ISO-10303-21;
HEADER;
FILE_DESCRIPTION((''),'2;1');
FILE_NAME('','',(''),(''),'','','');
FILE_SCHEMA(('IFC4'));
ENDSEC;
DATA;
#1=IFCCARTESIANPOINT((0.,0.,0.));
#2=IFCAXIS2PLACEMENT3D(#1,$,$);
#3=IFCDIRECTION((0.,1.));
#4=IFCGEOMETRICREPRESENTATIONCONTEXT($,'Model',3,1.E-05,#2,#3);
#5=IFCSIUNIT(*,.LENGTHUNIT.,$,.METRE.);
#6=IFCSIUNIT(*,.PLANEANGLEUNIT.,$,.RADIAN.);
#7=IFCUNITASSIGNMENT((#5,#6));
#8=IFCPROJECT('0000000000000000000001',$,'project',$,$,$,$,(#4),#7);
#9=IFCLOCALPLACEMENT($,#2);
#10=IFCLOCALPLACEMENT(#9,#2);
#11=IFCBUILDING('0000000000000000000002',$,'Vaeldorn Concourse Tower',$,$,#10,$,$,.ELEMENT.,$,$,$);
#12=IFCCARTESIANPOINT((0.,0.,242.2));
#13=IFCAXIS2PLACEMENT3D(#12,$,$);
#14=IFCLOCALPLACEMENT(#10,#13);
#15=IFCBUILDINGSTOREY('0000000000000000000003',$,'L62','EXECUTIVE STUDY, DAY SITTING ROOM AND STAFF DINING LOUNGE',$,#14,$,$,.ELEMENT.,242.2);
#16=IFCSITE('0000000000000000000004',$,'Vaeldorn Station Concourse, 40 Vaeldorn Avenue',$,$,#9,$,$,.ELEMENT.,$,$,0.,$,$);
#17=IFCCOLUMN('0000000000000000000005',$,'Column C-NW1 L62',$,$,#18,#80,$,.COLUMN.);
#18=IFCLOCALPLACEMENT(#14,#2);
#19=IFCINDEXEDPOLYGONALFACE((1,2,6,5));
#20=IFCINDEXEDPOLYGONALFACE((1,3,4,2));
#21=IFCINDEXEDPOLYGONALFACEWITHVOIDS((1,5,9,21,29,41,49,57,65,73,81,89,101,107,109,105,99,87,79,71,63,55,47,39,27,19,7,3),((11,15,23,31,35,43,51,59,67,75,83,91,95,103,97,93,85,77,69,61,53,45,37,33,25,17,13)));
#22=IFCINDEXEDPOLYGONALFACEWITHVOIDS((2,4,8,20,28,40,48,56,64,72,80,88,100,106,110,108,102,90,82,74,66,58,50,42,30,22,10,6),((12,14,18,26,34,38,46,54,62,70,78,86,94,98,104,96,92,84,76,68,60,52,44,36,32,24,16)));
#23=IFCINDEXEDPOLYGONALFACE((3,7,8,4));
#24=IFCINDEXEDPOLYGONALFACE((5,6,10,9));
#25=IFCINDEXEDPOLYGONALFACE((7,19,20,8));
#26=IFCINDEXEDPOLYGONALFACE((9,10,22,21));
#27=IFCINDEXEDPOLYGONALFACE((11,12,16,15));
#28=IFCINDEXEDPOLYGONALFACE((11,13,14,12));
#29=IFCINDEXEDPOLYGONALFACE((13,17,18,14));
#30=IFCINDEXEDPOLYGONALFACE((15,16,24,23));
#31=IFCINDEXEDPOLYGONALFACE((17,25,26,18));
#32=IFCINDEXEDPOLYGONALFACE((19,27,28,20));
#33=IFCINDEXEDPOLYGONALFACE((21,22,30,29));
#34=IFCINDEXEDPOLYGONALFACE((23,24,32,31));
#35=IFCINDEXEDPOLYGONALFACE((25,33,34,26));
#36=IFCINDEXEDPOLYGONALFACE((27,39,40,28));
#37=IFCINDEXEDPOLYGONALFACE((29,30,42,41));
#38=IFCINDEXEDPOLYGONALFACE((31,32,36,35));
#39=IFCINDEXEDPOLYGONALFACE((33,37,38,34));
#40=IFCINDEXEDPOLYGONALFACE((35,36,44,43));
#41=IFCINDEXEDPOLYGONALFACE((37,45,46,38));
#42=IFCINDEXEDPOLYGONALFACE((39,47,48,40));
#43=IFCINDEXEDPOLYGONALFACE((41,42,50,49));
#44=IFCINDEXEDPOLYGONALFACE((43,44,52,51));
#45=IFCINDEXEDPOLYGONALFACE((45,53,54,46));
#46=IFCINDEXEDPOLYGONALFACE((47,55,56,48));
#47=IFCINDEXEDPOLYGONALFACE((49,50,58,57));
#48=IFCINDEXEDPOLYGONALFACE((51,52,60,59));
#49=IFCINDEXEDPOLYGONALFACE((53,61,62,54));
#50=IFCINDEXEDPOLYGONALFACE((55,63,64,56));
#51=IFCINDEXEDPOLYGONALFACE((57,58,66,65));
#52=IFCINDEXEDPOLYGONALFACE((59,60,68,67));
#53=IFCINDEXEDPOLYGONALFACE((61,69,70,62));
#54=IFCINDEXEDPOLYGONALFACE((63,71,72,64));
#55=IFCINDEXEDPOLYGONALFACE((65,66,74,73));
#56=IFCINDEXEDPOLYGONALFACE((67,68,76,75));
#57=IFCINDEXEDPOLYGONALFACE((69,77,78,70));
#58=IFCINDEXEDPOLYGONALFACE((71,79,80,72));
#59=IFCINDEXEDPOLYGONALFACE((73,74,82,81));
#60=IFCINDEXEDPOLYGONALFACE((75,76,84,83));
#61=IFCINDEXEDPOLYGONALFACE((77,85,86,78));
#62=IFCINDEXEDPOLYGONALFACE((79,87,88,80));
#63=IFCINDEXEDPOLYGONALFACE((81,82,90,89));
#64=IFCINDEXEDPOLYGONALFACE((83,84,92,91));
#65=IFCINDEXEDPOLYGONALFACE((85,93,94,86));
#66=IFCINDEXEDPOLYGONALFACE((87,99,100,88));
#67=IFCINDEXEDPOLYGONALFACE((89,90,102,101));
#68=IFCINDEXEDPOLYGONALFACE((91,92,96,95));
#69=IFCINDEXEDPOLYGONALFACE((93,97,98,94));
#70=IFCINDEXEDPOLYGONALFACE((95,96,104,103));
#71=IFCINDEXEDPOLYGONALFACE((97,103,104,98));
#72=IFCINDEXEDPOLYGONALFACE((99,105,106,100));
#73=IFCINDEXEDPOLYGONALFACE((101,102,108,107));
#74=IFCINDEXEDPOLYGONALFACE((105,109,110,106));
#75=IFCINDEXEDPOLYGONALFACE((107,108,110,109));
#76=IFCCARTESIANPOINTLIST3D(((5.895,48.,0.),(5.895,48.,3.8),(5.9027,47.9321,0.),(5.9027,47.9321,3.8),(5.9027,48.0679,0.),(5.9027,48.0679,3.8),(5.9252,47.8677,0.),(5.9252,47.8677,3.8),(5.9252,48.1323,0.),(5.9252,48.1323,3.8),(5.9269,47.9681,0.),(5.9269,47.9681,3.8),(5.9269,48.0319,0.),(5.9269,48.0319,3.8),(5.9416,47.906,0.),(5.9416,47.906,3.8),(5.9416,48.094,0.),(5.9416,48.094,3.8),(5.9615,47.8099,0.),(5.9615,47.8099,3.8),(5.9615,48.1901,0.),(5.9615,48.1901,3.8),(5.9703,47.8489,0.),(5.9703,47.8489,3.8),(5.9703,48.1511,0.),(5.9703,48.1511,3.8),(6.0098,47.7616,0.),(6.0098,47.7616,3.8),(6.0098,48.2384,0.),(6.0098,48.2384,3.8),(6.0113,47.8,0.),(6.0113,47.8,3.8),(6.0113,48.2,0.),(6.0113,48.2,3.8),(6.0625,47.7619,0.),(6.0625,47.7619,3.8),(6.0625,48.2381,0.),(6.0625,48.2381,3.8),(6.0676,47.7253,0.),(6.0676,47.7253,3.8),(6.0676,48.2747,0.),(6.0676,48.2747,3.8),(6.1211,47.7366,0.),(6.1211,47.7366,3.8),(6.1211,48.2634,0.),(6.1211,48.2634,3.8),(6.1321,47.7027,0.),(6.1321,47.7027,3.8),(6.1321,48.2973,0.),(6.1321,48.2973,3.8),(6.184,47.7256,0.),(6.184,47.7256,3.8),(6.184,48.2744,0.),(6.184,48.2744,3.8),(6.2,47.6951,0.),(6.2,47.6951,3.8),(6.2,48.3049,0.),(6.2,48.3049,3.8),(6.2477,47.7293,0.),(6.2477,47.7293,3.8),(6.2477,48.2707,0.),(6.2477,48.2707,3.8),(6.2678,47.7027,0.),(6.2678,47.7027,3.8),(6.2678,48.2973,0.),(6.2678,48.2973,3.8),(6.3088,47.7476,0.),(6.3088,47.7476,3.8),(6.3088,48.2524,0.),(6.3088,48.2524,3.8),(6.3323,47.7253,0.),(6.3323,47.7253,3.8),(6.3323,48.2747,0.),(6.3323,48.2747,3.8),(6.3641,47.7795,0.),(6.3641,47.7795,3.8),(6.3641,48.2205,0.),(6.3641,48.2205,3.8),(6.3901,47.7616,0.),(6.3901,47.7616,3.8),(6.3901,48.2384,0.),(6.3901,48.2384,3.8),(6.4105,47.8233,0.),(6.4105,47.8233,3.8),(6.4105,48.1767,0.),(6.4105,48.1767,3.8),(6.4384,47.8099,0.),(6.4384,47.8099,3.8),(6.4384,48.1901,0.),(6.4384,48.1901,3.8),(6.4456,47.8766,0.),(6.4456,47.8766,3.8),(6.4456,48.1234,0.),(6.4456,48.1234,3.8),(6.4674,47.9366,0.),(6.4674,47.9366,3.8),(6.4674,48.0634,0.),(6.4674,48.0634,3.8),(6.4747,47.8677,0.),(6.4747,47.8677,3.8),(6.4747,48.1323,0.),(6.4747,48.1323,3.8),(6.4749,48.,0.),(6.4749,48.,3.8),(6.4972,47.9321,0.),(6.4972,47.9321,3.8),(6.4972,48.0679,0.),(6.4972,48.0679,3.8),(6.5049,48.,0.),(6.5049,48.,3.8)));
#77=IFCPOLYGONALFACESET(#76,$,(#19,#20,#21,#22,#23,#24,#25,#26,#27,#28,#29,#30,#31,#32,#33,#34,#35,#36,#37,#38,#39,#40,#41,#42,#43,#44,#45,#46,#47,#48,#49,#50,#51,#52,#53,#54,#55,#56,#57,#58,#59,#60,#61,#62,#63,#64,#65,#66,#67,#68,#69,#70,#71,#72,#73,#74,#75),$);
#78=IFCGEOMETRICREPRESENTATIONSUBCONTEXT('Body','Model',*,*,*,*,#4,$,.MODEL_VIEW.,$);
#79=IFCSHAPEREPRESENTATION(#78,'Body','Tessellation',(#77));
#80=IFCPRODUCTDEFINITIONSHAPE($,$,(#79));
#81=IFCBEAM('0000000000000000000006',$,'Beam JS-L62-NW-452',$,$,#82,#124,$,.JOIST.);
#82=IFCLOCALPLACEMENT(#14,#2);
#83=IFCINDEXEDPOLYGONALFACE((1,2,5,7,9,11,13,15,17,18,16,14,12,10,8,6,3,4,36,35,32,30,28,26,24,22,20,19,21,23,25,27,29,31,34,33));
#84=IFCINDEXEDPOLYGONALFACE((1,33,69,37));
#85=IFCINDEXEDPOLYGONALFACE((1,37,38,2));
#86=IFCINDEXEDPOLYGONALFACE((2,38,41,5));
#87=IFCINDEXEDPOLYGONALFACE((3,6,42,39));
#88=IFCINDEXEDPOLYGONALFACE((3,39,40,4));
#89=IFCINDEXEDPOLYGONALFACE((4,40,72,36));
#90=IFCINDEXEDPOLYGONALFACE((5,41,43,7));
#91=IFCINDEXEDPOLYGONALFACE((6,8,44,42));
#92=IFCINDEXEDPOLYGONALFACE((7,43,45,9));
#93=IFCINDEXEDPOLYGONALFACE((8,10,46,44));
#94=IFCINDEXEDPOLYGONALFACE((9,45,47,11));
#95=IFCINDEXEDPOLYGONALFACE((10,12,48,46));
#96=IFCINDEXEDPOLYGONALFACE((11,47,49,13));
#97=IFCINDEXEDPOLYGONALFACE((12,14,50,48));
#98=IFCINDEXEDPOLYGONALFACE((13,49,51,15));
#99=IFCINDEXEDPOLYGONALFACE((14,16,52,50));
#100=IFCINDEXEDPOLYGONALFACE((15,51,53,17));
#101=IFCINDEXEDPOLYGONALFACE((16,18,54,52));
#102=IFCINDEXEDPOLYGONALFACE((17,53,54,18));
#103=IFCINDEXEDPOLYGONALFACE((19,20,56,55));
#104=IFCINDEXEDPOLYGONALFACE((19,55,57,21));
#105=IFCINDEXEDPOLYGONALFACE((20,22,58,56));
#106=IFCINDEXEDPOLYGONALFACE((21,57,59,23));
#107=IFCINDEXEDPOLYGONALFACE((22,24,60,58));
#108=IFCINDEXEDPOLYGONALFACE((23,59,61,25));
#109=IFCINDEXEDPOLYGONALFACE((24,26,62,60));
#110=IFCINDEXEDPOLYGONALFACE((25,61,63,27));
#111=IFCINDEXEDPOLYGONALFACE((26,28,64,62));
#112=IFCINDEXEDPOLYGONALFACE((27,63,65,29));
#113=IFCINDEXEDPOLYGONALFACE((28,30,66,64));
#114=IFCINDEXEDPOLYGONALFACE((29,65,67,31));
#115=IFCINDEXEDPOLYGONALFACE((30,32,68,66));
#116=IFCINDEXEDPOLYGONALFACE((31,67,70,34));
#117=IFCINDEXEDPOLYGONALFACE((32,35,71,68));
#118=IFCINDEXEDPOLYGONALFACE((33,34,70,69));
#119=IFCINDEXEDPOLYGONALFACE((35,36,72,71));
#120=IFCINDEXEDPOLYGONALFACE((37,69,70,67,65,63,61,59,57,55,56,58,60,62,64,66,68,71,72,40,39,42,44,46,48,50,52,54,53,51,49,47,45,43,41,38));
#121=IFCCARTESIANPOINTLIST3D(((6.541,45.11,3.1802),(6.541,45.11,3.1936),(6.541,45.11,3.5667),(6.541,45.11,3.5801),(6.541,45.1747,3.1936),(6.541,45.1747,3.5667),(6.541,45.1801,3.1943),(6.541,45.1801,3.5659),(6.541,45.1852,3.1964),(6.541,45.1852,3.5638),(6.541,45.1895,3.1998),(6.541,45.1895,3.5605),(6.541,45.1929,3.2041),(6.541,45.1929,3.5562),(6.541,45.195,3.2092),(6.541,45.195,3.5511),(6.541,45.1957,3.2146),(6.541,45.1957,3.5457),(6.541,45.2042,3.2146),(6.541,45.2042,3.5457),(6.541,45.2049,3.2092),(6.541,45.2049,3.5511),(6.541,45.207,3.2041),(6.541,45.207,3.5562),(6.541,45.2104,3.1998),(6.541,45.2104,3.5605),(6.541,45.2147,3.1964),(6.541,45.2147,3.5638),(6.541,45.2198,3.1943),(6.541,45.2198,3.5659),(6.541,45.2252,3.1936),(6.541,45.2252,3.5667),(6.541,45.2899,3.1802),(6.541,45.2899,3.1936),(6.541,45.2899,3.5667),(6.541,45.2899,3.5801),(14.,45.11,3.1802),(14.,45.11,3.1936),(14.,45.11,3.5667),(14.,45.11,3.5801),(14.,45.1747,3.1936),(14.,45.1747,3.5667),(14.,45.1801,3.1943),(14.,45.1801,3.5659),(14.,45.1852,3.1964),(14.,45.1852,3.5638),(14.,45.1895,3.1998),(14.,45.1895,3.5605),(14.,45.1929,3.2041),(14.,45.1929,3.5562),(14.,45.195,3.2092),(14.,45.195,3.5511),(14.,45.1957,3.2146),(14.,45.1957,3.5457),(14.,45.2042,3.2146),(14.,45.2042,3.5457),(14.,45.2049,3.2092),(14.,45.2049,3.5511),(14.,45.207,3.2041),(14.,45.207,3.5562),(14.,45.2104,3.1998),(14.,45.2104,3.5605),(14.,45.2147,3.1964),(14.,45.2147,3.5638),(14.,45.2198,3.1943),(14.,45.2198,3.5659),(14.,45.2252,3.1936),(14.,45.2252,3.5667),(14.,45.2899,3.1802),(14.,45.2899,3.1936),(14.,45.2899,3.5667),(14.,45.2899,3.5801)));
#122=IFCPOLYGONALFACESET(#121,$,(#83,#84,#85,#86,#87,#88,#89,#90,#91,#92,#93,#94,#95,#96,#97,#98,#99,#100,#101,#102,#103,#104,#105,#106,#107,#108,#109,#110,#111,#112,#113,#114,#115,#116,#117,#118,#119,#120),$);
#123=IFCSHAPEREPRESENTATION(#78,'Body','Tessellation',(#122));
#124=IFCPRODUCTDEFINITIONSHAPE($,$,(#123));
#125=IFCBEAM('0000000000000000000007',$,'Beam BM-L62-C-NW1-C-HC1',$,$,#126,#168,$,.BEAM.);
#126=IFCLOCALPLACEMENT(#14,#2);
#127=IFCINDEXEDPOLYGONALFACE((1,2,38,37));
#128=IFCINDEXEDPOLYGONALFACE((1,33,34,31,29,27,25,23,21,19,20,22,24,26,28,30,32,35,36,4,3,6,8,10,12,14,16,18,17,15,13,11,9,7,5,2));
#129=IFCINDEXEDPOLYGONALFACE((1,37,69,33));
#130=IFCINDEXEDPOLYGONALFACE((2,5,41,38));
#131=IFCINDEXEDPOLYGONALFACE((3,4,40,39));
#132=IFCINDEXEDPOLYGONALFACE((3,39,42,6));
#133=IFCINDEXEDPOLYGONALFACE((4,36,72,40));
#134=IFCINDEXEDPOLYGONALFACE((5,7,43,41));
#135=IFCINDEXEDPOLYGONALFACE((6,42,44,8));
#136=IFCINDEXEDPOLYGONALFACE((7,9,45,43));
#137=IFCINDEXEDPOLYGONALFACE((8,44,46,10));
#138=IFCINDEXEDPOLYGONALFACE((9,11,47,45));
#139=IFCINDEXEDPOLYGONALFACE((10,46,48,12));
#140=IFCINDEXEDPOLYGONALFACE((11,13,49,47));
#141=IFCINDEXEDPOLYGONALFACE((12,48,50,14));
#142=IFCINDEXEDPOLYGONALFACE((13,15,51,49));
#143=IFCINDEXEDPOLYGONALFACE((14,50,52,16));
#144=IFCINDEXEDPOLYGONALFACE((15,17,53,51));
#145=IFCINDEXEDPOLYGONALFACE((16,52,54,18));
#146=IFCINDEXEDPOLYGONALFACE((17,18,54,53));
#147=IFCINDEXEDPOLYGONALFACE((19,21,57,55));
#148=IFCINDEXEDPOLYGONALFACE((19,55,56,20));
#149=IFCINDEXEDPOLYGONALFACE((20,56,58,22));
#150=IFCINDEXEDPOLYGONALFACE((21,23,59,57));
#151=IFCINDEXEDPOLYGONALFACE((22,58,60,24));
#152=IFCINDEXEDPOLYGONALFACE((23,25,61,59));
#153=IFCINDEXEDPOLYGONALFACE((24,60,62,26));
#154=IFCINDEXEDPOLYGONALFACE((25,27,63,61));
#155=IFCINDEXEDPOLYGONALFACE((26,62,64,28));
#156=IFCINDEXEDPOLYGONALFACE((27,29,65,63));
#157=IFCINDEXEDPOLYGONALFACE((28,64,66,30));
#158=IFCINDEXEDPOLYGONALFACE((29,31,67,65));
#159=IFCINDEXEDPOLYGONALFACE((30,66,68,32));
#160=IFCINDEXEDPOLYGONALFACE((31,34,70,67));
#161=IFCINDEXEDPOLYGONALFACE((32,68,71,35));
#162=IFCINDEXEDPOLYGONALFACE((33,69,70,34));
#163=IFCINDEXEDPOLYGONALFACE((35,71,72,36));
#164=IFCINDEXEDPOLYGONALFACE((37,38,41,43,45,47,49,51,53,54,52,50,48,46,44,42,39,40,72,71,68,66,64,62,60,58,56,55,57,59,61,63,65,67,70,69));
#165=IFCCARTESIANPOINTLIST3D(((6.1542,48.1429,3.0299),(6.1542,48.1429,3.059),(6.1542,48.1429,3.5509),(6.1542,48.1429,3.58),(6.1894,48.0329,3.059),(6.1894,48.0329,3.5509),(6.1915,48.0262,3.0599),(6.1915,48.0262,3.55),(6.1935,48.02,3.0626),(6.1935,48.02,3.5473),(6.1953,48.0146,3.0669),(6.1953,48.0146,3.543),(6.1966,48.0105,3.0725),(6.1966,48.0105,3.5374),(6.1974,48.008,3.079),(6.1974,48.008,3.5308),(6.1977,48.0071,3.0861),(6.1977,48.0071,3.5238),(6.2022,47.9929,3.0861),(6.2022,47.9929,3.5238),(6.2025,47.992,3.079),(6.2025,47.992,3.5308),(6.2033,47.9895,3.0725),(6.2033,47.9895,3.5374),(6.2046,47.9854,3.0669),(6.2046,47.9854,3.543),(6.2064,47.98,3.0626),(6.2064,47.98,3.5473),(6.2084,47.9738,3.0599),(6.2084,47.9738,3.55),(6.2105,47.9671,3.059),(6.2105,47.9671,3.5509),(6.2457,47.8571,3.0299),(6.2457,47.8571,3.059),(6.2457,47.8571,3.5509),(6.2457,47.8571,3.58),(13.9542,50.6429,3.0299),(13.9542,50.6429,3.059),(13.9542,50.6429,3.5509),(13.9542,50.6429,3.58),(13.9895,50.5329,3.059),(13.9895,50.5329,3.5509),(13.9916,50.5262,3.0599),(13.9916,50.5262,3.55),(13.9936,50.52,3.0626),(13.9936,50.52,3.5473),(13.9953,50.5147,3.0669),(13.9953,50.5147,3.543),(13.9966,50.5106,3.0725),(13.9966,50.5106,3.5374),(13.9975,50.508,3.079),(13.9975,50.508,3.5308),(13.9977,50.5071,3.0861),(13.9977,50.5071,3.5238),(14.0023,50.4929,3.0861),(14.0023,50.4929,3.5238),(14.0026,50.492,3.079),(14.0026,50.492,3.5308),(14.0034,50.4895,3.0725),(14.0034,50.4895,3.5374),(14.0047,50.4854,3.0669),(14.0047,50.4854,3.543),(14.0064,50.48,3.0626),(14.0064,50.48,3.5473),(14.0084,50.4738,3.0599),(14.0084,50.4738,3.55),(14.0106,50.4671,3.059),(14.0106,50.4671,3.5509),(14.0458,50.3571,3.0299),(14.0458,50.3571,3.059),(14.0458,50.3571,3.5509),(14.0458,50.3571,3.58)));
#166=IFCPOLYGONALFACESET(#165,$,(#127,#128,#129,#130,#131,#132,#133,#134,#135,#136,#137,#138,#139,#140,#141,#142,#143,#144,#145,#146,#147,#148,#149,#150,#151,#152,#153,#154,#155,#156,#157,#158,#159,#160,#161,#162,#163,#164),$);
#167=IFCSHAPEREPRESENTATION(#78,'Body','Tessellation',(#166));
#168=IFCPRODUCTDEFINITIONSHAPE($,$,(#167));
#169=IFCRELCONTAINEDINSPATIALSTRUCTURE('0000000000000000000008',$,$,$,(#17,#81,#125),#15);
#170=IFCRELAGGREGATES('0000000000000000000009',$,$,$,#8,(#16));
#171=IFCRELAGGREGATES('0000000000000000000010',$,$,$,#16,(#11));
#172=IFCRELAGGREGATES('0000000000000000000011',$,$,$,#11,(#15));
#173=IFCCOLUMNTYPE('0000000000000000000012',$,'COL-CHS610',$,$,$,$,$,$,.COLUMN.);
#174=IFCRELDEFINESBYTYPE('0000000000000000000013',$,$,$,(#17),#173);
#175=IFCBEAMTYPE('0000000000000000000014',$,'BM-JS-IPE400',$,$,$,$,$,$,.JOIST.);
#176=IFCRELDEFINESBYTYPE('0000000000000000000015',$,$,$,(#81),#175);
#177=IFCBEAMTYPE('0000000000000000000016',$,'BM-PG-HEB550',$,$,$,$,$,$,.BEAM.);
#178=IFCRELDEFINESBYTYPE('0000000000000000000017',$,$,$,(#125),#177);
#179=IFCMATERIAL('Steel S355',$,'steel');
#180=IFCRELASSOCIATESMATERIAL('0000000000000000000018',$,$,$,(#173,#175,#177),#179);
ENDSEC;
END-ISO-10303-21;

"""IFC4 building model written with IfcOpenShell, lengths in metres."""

from ifc_helpers import new_model, si_unit, direction, frame, origin, origin_2d, place, context, subcontext, project, spatial, hollow_circle, i_section, extrude, source, transform, mapped, material, material_profile, profile_set, type_object, element, save


model = new_model("IFC4")

# Units and contexts
model_context = context("Model", 3, precision=1e-05, world=origin(), true_north=direction((0.0, 1.0)))
body_context = subcontext(model_context, "Body", "Model", "MODEL_VIEW")
ifc_project = project(units=[si_unit("LENGTHUNIT", "METRE"), si_unit("PLANEANGLEUNIT", "RADIAN")], contexts=[model_context])

# Site, building, storey
site_placement = place(None, origin())
site = spatial("IfcSite", under=ifc_project, at=site_placement, Name="Vaeldorn Station Concourse, 40 Vaeldorn Avenue", CompositionType="ELEMENT", RefElevation=0.0)
building_placement = place(site_placement, origin())
building = spatial("IfcBuilding", under=site, at=building_placement, Name="Vaeldorn Concourse Tower", CompositionType="ELEMENT")
storey_placement = place(building_placement, frame((0.0, 0.0, 242.2)))
storey = spatial("IfcBuildingStorey", under=building, at=storey_placement, Name="L62", Description="EXECUTIVE STUDY, DAY SITTING ROOM AND STAFF DINING LOUNGE", CompositionType="ELEMENT", Elevation=242.2)

# Column
ifc_material_1 = material(Name="Steel S355", Category="steel")
ifc_material_profile_1 = material_profile(ifc_material_1, hollow_circle(Radius=0.3049, WallThickness=0.03, at=origin_2d()), Name="CHS 610x30")
ifc_profile_set_1 = profile_set([ifc_material_profile_1], Name="Steel S355")
column_type = type_object("IfcColumnType", Name="COL-CHS610", PredefinedType="COLUMN", material=ifc_profile_set_1)
shared_shape_1 = source(origin(), body_context, "Body", "SweptSolid", [
    extrude(hollow_circle(Radius=0.3049, WallThickness=0.03, at=origin_2d()), origin(), (0.0, 0.0, 1.0), 3.8),
])
column_placement = place(storey_placement, frame((6.2, 48.0, 0.0), z_axis=(0.0, 0.0, 1.0), x_axis=(1.0, 0.0, 0.0)))
element("IfcColumn", 1, at=column_placement, inside=storey, type_object=column_type, Name="Column C-NW1 L62", PredefinedType="COLUMN", context=body_context, shape_type="MappedRepresentation", body=[
    mapped(shared_shape_1, transform((0.0, 0.0, 0.0), scale=1.0)),
])

# Beams
ifc_material_profile_2 = material_profile(ifc_material_1, i_section(OverallWidth=0.1799, OverallDepth=0.3999, WebThickness=0.0085, FlangeThickness=0.0134, FilletRadius=0.021, at=origin_2d()), Name="IPE 400")
ifc_profile_set_2 = profile_set([ifc_material_profile_2], Name="Steel S355")
beam_type_1 = type_object("IfcBeamType", Name="BM-JS-IPE400", PredefinedType="JOIST", material=ifc_profile_set_2)
shared_shape_2 = source(origin(), body_context, "Body", "SweptSolid", [
    extrude(i_section(OverallWidth=0.1799, OverallDepth=0.3999, WebThickness=0.0085, FlangeThickness=0.0134, FilletRadius=0.021, at=origin_2d()), origin(), (0.0, 0.0, 1.0), 7.459),
])
beam_1_placement = place(storey_placement, frame((6.541, 45.2, 3.3801), z_axis=(1.0, 0.0, 0.0), x_axis=(0.0, 1.0, 0.0)))
element("IfcBeam", 2, at=beam_1_placement, inside=storey, type_object=beam_type_1, Name="Beam JS-L62-NW-452", PredefinedType="JOIST", context=body_context, shape_type="MappedRepresentation", body=[
    mapped(shared_shape_2, transform((0.0, 0.0, 0.0), scale=1.0)),
])
ifc_material_profile_3 = material_profile(ifc_material_1, i_section(OverallWidth=0.3, OverallDepth=0.55, WebThickness=0.0149, FlangeThickness=0.0291, FilletRadius=0.0271, at=origin_2d()), Name="HEB 550")
ifc_profile_set_3 = profile_set([ifc_material_profile_3], Name="Steel S355")
beam_type_2 = type_object("IfcBeamType", Name="BM-PG-HEB550", PredefinedType="BEAM", material=ifc_profile_set_3)
shared_shape_3 = source(origin(), body_context, "Body", "SweptSolid", [
    extrude(i_section(OverallWidth=0.3, OverallDepth=0.55, WebThickness=0.0149, FlangeThickness=0.0291, FilletRadius=0.0271, at=origin_2d()), origin(), (0.0, 0.0, 1.0), 8.1909),
])
beam_2_placement = place(storey_placement, frame((6.2, 48.0, 3.3049), z_axis=(0.952283, 0.305217, 0.0), x_axis=(-0.305217, 0.952283, 0.0)))
element("IfcBeam", 3, at=beam_2_placement, inside=storey, type_object=beam_type_2, Name="Beam BM-L62-C-NW1-C-HC1", PredefinedType="BEAM", context=body_context, shape_type="MappedRepresentation", body=[
    mapped(shared_shape_3, transform((0.0, 0.0, 0.0), scale=1.0)),
])

save(model, "model.ifc")
